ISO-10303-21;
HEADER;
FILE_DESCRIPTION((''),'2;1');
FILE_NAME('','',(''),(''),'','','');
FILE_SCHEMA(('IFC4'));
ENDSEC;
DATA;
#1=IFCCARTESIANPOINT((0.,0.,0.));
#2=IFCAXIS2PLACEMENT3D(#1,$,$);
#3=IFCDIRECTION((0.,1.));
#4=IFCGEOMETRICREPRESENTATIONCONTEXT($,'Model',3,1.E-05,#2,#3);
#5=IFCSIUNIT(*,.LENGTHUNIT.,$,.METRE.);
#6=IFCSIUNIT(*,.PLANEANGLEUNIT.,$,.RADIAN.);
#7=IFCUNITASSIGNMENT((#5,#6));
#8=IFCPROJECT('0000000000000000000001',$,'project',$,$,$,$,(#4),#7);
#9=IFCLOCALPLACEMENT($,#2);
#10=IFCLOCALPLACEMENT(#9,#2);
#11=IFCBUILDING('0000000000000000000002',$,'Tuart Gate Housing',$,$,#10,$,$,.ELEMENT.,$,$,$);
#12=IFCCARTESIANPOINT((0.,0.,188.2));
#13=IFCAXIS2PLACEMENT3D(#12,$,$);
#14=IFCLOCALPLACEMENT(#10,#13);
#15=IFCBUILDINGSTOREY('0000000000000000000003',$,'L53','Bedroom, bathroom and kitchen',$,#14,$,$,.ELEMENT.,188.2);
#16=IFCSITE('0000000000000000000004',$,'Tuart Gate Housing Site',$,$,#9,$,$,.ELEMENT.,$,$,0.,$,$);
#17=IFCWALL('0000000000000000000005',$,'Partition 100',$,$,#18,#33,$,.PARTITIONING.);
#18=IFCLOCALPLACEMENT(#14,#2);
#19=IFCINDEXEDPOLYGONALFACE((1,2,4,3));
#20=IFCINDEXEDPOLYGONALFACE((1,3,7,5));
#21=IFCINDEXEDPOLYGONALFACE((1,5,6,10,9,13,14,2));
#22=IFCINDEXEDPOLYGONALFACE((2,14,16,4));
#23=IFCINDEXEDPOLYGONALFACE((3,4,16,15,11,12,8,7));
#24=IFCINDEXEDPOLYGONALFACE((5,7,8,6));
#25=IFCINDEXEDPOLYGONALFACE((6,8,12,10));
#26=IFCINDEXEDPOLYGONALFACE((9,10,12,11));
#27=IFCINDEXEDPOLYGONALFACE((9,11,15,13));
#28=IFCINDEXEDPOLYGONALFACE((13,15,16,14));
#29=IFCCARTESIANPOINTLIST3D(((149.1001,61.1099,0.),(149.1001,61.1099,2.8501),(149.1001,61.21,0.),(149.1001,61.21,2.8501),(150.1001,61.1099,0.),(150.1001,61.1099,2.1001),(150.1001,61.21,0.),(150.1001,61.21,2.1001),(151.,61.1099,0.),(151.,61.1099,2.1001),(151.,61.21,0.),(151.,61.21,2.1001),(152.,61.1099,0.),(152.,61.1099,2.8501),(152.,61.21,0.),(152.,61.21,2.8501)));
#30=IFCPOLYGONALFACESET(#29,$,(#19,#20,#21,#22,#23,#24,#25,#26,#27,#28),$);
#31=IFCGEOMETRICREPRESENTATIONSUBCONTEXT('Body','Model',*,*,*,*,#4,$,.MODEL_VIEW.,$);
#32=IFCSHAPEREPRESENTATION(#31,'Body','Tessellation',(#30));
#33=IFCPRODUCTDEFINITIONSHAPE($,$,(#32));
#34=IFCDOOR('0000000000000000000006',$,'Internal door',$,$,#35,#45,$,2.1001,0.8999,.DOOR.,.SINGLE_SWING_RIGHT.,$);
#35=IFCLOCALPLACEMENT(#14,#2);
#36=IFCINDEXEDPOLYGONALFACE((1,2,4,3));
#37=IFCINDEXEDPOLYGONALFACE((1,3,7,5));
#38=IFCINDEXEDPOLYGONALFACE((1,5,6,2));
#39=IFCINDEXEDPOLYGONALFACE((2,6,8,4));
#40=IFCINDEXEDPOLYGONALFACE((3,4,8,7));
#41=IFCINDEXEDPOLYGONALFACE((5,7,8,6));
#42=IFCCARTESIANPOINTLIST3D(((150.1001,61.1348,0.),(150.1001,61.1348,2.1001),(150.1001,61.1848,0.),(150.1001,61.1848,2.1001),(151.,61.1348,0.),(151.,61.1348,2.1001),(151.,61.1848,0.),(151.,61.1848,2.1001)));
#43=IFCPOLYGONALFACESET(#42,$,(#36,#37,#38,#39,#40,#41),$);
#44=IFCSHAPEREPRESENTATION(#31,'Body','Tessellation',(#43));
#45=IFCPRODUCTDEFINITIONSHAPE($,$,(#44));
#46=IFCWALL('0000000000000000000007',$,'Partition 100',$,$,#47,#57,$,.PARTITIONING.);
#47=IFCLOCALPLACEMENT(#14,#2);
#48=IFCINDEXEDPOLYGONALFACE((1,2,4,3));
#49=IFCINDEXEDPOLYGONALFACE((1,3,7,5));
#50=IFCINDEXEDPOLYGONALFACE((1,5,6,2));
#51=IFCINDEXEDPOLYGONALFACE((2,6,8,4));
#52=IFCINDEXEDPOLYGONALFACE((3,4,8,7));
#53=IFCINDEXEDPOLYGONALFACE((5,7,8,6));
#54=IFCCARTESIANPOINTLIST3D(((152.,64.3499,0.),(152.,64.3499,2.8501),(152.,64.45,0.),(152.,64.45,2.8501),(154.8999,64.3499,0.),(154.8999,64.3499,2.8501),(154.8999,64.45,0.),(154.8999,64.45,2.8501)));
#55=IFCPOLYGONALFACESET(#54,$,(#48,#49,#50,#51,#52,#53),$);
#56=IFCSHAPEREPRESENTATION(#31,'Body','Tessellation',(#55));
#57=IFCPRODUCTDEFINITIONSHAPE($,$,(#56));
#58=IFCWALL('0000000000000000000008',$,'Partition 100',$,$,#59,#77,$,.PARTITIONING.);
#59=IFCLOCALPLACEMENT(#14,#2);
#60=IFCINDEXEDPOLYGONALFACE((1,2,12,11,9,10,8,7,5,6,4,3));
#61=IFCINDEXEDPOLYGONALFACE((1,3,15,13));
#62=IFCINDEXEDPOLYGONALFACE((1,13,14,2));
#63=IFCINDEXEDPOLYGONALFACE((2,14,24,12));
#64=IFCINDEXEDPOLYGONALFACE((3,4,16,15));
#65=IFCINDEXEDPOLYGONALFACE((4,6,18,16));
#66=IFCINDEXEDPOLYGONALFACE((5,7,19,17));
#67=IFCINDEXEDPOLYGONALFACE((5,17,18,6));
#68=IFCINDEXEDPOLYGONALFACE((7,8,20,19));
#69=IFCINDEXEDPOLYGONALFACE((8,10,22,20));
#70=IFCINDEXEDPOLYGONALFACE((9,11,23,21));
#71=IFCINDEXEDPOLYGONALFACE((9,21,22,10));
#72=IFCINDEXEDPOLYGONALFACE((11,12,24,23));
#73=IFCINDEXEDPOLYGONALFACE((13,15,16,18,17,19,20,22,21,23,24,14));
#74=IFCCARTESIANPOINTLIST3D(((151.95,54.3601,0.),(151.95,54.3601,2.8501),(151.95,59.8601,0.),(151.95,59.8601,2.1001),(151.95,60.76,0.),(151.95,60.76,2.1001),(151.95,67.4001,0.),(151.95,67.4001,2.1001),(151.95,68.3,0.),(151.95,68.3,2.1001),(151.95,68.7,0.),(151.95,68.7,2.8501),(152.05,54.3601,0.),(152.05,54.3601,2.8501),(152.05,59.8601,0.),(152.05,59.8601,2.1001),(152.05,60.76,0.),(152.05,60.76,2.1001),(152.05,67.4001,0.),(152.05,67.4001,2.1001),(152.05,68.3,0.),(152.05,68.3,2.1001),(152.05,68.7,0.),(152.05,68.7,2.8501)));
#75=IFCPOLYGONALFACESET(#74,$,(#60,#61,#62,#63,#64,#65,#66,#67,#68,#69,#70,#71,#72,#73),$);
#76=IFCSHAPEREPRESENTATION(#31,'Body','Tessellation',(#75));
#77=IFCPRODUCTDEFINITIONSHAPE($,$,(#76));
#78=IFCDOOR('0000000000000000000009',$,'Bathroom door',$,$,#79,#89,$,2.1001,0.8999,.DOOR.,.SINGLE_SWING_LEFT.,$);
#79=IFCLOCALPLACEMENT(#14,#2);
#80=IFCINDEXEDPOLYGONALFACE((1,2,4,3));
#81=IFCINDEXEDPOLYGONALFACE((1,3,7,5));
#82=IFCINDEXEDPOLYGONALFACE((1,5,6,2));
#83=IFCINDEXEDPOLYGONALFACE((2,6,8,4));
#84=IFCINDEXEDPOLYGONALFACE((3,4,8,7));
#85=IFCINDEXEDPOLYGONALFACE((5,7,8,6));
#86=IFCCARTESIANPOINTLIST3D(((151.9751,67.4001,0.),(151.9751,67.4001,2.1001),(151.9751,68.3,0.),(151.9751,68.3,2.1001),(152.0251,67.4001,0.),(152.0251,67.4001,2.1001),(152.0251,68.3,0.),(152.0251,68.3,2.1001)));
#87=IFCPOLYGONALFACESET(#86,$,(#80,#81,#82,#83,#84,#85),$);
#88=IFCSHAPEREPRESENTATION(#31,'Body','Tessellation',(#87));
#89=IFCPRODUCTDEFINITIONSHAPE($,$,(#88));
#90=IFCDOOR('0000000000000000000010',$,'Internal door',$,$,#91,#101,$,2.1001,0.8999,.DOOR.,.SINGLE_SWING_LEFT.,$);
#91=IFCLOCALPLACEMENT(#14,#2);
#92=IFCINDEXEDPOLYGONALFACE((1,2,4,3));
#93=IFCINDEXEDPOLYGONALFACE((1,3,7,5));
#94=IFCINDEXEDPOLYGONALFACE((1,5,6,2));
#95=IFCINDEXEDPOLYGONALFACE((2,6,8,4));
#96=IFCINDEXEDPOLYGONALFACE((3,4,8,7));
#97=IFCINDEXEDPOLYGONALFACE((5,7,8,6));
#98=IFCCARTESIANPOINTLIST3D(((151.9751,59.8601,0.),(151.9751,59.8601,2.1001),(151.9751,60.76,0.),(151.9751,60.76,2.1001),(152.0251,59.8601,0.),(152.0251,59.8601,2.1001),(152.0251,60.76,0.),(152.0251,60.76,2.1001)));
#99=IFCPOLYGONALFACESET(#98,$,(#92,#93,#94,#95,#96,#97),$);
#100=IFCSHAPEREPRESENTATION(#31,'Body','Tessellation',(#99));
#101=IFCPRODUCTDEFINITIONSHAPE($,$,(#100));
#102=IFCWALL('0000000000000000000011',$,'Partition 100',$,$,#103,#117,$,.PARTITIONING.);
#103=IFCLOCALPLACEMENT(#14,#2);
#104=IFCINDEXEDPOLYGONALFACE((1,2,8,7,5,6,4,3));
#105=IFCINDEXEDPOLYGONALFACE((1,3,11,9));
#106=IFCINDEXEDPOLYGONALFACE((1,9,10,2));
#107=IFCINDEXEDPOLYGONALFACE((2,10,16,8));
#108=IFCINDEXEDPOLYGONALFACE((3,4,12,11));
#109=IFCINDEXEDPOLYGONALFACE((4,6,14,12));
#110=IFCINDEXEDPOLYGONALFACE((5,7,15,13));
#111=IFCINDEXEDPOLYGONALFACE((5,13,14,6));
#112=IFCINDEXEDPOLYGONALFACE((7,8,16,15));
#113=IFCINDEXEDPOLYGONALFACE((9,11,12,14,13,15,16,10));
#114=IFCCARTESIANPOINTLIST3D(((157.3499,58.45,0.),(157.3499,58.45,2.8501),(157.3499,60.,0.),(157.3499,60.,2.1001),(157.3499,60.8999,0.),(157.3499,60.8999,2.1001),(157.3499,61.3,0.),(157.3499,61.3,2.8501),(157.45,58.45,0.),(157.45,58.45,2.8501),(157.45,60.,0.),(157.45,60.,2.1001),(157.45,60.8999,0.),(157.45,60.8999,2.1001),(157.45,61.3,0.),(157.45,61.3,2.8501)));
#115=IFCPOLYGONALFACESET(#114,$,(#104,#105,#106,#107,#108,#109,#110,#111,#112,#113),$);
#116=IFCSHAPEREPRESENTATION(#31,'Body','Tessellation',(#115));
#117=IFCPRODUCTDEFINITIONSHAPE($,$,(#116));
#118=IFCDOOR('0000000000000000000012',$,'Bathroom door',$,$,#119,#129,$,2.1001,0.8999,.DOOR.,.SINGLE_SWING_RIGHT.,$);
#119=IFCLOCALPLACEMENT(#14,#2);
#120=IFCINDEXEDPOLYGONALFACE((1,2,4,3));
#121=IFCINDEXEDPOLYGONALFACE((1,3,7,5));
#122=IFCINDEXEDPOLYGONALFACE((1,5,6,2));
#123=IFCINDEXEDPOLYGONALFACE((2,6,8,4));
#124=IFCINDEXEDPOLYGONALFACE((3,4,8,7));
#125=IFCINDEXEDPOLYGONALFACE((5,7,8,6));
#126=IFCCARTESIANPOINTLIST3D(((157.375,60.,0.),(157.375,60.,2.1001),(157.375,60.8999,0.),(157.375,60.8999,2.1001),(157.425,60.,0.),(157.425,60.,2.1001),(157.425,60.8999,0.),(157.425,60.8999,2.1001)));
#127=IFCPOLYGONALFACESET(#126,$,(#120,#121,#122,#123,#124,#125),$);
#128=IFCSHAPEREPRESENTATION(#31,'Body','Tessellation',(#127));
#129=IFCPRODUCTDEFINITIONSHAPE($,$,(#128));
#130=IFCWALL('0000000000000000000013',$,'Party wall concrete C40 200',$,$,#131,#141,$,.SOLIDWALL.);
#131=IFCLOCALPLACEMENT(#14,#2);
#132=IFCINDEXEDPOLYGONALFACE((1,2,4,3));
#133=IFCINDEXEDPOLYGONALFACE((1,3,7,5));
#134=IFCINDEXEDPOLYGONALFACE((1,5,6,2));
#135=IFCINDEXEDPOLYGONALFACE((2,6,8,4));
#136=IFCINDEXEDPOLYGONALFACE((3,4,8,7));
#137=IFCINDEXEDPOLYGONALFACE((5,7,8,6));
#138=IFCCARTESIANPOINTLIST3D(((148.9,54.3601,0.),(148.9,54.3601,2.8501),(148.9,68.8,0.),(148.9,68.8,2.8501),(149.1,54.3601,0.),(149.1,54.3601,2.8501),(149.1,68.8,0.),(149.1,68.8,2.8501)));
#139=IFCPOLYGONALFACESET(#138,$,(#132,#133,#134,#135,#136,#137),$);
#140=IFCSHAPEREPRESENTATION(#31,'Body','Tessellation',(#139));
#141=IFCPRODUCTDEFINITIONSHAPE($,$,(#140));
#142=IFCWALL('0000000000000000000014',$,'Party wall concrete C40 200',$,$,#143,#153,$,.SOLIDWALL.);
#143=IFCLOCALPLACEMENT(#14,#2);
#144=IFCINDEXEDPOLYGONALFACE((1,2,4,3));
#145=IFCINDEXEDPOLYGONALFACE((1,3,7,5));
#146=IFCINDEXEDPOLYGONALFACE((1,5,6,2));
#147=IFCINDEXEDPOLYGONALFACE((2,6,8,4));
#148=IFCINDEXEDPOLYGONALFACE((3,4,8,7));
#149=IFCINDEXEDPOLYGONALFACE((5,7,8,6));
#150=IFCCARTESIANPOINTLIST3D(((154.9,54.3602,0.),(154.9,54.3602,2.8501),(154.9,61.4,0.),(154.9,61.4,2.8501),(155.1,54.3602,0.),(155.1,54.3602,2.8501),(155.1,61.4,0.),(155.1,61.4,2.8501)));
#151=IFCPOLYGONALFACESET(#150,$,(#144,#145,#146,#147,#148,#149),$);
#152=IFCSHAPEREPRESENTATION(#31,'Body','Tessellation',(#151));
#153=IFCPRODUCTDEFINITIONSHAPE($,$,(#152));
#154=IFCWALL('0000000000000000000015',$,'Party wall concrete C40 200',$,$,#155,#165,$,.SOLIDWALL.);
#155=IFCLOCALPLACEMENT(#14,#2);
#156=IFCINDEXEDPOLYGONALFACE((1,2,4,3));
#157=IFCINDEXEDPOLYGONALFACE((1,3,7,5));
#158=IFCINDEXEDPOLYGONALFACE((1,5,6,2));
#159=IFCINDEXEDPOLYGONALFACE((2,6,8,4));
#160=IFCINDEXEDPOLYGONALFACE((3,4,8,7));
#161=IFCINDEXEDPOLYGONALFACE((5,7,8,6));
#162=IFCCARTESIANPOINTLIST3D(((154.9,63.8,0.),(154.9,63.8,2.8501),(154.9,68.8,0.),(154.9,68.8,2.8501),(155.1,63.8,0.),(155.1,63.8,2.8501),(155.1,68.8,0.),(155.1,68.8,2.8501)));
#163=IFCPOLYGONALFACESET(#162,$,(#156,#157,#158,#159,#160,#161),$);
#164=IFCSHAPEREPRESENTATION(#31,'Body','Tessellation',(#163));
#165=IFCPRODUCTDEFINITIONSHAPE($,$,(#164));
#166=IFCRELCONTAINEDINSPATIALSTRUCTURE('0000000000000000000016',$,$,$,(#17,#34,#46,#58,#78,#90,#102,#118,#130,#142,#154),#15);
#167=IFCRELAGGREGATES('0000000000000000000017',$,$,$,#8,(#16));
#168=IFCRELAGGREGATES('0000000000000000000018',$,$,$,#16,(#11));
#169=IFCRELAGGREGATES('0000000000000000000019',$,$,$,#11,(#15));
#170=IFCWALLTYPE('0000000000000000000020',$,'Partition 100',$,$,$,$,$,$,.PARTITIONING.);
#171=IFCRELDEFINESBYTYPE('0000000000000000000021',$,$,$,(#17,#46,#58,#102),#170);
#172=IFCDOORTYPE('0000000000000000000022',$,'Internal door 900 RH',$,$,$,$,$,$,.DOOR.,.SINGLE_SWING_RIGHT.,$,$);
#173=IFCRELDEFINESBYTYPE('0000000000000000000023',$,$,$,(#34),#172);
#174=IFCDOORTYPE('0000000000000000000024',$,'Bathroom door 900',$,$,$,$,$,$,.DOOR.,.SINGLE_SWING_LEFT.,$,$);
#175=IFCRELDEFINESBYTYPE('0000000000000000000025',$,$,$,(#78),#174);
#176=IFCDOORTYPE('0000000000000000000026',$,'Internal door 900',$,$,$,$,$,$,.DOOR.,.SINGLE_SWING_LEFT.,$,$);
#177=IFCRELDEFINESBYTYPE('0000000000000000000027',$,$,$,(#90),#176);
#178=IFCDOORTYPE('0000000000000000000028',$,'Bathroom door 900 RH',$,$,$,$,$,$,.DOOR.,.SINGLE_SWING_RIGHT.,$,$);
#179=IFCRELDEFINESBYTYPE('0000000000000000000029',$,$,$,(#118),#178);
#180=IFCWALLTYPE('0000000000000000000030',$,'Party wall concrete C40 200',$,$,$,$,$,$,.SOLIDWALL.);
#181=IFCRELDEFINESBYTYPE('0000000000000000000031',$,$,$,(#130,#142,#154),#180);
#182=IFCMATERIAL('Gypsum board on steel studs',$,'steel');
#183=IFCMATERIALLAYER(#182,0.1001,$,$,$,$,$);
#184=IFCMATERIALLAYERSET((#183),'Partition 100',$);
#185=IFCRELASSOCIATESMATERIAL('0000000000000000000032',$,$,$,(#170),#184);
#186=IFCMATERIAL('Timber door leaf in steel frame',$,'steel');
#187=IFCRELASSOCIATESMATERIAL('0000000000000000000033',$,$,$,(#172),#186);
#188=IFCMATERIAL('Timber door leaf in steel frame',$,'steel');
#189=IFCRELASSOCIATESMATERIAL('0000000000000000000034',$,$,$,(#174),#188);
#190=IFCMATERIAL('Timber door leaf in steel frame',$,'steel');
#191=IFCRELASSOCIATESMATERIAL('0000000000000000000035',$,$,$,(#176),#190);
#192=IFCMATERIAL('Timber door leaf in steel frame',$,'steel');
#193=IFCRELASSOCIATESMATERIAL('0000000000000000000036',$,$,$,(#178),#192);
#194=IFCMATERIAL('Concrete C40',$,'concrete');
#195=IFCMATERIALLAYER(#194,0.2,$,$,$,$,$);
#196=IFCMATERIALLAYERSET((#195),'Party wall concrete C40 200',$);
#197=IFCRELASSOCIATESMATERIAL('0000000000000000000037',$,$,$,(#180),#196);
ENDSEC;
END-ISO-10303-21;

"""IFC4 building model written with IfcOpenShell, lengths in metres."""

from ifc_helpers import new_model, si_unit, direction, frame, frame_2d, origin, place, context, subcontext, project, spatial, rectangle, extrude, material, layer, layer_set, type_object, element, fill, save


model = new_model("IFC4")

# Units and contexts
model_context = context("Model", 3, precision=1e-05, world=origin(), true_north=direction((0.0, 1.0)))
body_context = subcontext(model_context, "Body", "Model", "MODEL_VIEW")
ifc_project = project(units=[si_unit("LENGTHUNIT", "METRE"), si_unit("PLANEANGLEUNIT", "RADIAN")], contexts=[model_context])

# Site, building, storey
site_placement = place(None, origin())
site = spatial("IfcSite", under=ifc_project, at=site_placement, Name="Tuart Gate Housing Site", CompositionType="ELEMENT", RefElevation=0.0)
building_placement = place(site_placement, origin())
building = spatial("IfcBuilding", under=site, at=building_placement, Name="Tuart Gate Housing", CompositionType="ELEMENT")
storey_placement = place(building_placement, frame((0.0, 0.0, 188.2)))
storey = spatial("IfcBuildingStorey", under=building, at=storey_placement, Name="L53", Description="Bedroom, bathroom and kitchen", CompositionType="ELEMENT", Elevation=188.2)

# Shared definitions
ifc_material_1 = material(Name="Gypsum board on steel studs", Category="steel")
ifc_layer_1 = layer(ifc_material_1, 0.1001)
ifc_layer_set_1 = layer_set([ifc_layer_1], Name="Partition 100")
wall_type_1 = type_object("IfcWallType", Name="Partition 100", PredefinedType="PARTITIONING", material=ifc_layer_set_1)

# Wall, opening, door
wall_1_placement = place(storey_placement, frame((149.1001, 61.1599, 0.0), z_axis=(0.0, 0.0, 1.0), x_axis=(1.0, 0.0, 0.0)))
wall_1 = element("IfcWall", 1, at=wall_1_placement, inside=storey, type_object=wall_type_1, Name="Partition 100", PredefinedType="PARTITIONING", context=body_context, shape_type="SweptSolid", body=[
    extrude(rectangle(XDim=2.8999, YDim=0.1001, at=frame_2d((1.45, 0.0))), origin(), (0.0, 0.0, 1.0), 2.8501),
])
opening_1_placement = place(wall_1_placement, frame((1.0, 0.0, 0.0)))
opening_1 = element("IfcOpeningElement", 2, at=opening_1_placement, cuts=wall_1, PredefinedType="OPENING", context=body_context, shape_type="SweptSolid", body=[
    extrude(rectangle(XDim=0.8999, YDim=2.1001, at=frame_2d((0.45, 1.05))), frame((0.0, 0.0601, 0.0), z_axis=(0.0, -1.0, 0.0), x_axis=(1.0, 0.0, 0.0)), (0.0, 0.0, 1.0), 0.1201),
])
ifc_material_2 = material(Name="Timber door leaf in steel frame", Category="steel")
door_type_1 = type_object("IfcDoorType", Name="Internal door 900 RH", OperationType="SINGLE_SWING_RIGHT", PredefinedType="DOOR", material=ifc_material_2)
door_1_placement = place(opening_1_placement, origin())
door_1 = element("IfcDoor", 3, at=door_1_placement, inside=storey, type_object=door_type_1, Name="Internal door", OperationType="SINGLE_SWING_RIGHT", OverallHeight=2.1001, OverallWidth=0.8999, PredefinedType="DOOR", context=body_context, shape_type="SweptSolid", body=[
    extrude(rectangle(XDim=0.8999, YDim=2.1001, at=frame_2d((0.45, 1.05))), frame((0.0, 0.0249, 0.0), z_axis=(0.0, -1.0, 0.0), x_axis=(1.0, 0.0, 0.0)), (0.0, 0.0, 1.0), 0.05),
])
fill(opening_1, door_1)

# Wall
wall_2_placement = place(storey_placement, frame((152.0, 64.3999, 0.0), z_axis=(0.0, 0.0, 1.0), x_axis=(1.0, 0.0, 0.0)))
element("IfcWall", 4, at=wall_2_placement, inside=storey, type_object=wall_type_1, Name="Partition 100", PredefinedType="PARTITIONING", context=body_context, shape_type="SweptSolid", body=[
    extrude(rectangle(XDim=2.8999, YDim=0.1001, at=frame_2d((1.45, 0.0))), origin(), (0.0, 0.0, 1.0), 2.8501),
])

# Wall, openings, doors
wall_3_placement = place(storey_placement, frame((152.0, 54.3601, 0.0), z_axis=(0.0, 0.0, 1.0), x_axis=(0.0, 1.0, 0.0)))
wall_3 = element("IfcWall", 5, at=wall_3_placement, inside=storey, type_object=wall_type_1, Name="Partition 100", PredefinedType="PARTITIONING", context=body_context, shape_type="SweptSolid", body=[
    extrude(rectangle(XDim=14.3398, YDim=0.1001, at=frame_2d((7.1699, 0.0))), origin(), (0.0, 0.0, 1.0), 2.8501),
])
opening_2_placement = place(wall_3_placement, frame((5.5, 0.0, 0.0)))
opening_2 = element("IfcOpeningElement", 6, at=opening_2_placement, cuts=wall_3, PredefinedType="OPENING", context=body_context, shape_type="SweptSolid", body=[
    extrude(rectangle(XDim=0.8999, YDim=2.1001, at=frame_2d((0.45, 1.05))), frame((0.0, 0.0601, 0.0), z_axis=(0.0, -1.0, 0.0), x_axis=(1.0, 0.0, 0.0)), (0.0, 0.0, 1.0), 0.1201),
])
opening_3_placement = place(wall_3_placement, frame((13.04, 0.0, 0.0)))
opening_3 = element("IfcOpeningElement", 7, at=opening_3_placement, cuts=wall_3, PredefinedType="OPENING", context=body_context, shape_type="SweptSolid", body=[
    extrude(rectangle(XDim=0.8999, YDim=2.1001, at=frame_2d((0.45, 1.05))), frame((0.0, 0.0601, 0.0), z_axis=(0.0, -1.0, 0.0), x_axis=(1.0, 0.0, 0.0)), (0.0, 0.0, 1.0), 0.1201),
])
ifc_material_3 = material(Name="Timber door leaf in steel frame", Category="steel")
door_type_2 = type_object("IfcDoorType", Name="Bathroom door 900", OperationType="SINGLE_SWING_LEFT", PredefinedType="DOOR", material=ifc_material_3)
door_2_placement = place(opening_3_placement, frame((0.8999, 0.0, 0.0), z_axis=(0.0, 0.0, 1.0), x_axis=(-1.0, 0.0, 0.0)))
door_2 = element("IfcDoor", 8, at=door_2_placement, inside=storey, type_object=door_type_2, Name="Bathroom door", OperationType="SINGLE_SWING_LEFT", OverallHeight=2.1001, OverallWidth=0.8999, PredefinedType="DOOR", context=body_context, shape_type="SweptSolid", body=[
    extrude(rectangle(XDim=0.8999, YDim=2.1001, at=frame_2d((0.45, 1.05))), frame((0.0, 0.0251, 0.0), z_axis=(0.0, -1.0, 0.0), x_axis=(1.0, 0.0, 0.0)), (0.0, 0.0, 1.0), 0.05),
])
fill(opening_3, door_2)
ifc_material_4 = material(Name="Timber door leaf in steel frame", Category="steel")
door_type_3 = type_object("IfcDoorType", Name="Internal door 900", OperationType="SINGLE_SWING_LEFT", PredefinedType="DOOR", material=ifc_material_4)
door_3_placement = place(opening_2_placement, frame((0.8999, 0.0, 0.0), z_axis=(0.0, 0.0, 1.0), x_axis=(-1.0, 0.0, 0.0)))
door_3 = element("IfcDoor", 9, at=door_3_placement, inside=storey, type_object=door_type_3, Name="Internal door", OperationType="SINGLE_SWING_LEFT", OverallHeight=2.1001, OverallWidth=0.8999, PredefinedType="DOOR", context=body_context, shape_type="SweptSolid", body=[
    extrude(rectangle(XDim=0.8999, YDim=2.1001, at=frame_2d((0.45, 1.05))), frame((0.0, 0.0251, 0.0), z_axis=(0.0, -1.0, 0.0), x_axis=(1.0, 0.0, 0.0)), (0.0, 0.0, 1.0), 0.05),
])
fill(opening_2, door_3)

# Wall, opening, door
wall_4_placement = place(storey_placement, frame((157.3999, 58.45, 0.0), z_axis=(0.0, 0.0, 1.0), x_axis=(0.0, 1.0, 0.0)))
wall_4 = element("IfcWall", 10, at=wall_4_placement, inside=storey, type_object=wall_type_1, Name="Partition 100", PredefinedType="PARTITIONING", context=body_context, shape_type="SweptSolid", body=[
    extrude(rectangle(XDim=2.8501, YDim=0.1001, at=frame_2d((1.425, 0.0))), origin(), (0.0, 0.0, 1.0), 2.8501),
])
opening_4_placement = place(wall_4_placement, frame((1.55, 0.0, 0.0)))
opening_4 = element("IfcOpeningElement", 11, at=opening_4_placement, cuts=wall_4, PredefinedType="OPENING", context=body_context, shape_type="SweptSolid", body=[
    extrude(rectangle(XDim=0.8999, YDim=2.1001, at=frame_2d((0.45, 1.05))), frame((0.0, 0.0601, 0.0), z_axis=(0.0, -1.0, 0.0), x_axis=(1.0, 0.0, 0.0)), (0.0, 0.0, 1.0), 0.1201),
])
ifc_material_5 = material(Name="Timber door leaf in steel frame", Category="steel")
door_type_4 = type_object("IfcDoorType", Name="Bathroom door 900 RH", OperationType="SINGLE_SWING_RIGHT", PredefinedType="DOOR", material=ifc_material_5)
door_4_placement = place(opening_4_placement, origin())
door_4 = element("IfcDoor", 12, at=door_4_placement, inside=storey, type_object=door_type_4, Name="Bathroom door", OperationType="SINGLE_SWING_RIGHT", OverallHeight=2.1001, OverallWidth=0.8999, PredefinedType="DOOR", context=body_context, shape_type="SweptSolid", body=[
    extrude(rectangle(XDim=0.8999, YDim=2.1001, at=frame_2d((0.45, 1.05))), frame((0.0, 0.0249, 0.0), z_axis=(0.0, -1.0, 0.0), x_axis=(1.0, 0.0, 0.0)), (0.0, 0.0, 1.0), 0.05),
])
fill(opening_4, door_4)

# Walls
ifc_material_6 = material(Name="Concrete C40", Category="concrete")
ifc_layer_2 = layer(ifc_material_6, 0.2)
ifc_layer_set_2 = layer_set([ifc_layer_2], Name="Party wall concrete C40 200")
wall_type_2 = type_object("IfcWallType", Name="Party wall concrete C40 200", PredefinedType="SOLIDWALL", material=ifc_layer_set_2)
wall_5_placement = place(storey_placement, frame((149.0, 54.3601, 0.0), z_axis=(0.0, 0.0, 1.0), x_axis=(0.0, 1.0, 0.0)))
element("IfcWall", 13, at=wall_5_placement, inside=storey, type_object=wall_type_2, Name="Party wall concrete C40 200", PredefinedType="SOLIDWALL", context=body_context, shape_type="SweptSolid", body=[
    extrude(rectangle(XDim=14.4399, YDim=0.2, at=frame_2d((7.22, 0.0))), origin(), (0.0, 0.0, 1.0), 2.8501),
])
wall_6_placement = place(storey_placement, frame((155.0, 54.3601, 0.0), z_axis=(0.0, 0.0, 1.0), x_axis=(0.0, 1.0, 0.0)))
element("IfcWall", 14, at=wall_6_placement, inside=storey, type_object=wall_type_2, Name="Party wall concrete C40 200", PredefinedType="SOLIDWALL", context=body_context, shape_type="SweptSolid", body=[
    extrude(rectangle(XDim=7.0398, YDim=0.2, at=frame_2d((3.52, 0.0))), origin(), (0.0, 0.0, 1.0), 2.8501),
])
wall_7_placement = place(storey_placement, frame((155.0, 63.8, 0.0), z_axis=(0.0, 0.0, 1.0), x_axis=(0.0, 1.0, 0.0)))
element("IfcWall", 15, at=wall_7_placement, inside=storey, type_object=wall_type_2, Name="Party wall concrete C40 200", PredefinedType="SOLIDWALL", context=body_context, shape_type="SweptSolid", body=[
    extrude(rectangle(XDim=5.0, YDim=0.2, at=frame_2d((2.5, 0.0))), origin(), (0.0, 0.0, 1.0), 2.8501),
])

save(model, "model.ifc")
